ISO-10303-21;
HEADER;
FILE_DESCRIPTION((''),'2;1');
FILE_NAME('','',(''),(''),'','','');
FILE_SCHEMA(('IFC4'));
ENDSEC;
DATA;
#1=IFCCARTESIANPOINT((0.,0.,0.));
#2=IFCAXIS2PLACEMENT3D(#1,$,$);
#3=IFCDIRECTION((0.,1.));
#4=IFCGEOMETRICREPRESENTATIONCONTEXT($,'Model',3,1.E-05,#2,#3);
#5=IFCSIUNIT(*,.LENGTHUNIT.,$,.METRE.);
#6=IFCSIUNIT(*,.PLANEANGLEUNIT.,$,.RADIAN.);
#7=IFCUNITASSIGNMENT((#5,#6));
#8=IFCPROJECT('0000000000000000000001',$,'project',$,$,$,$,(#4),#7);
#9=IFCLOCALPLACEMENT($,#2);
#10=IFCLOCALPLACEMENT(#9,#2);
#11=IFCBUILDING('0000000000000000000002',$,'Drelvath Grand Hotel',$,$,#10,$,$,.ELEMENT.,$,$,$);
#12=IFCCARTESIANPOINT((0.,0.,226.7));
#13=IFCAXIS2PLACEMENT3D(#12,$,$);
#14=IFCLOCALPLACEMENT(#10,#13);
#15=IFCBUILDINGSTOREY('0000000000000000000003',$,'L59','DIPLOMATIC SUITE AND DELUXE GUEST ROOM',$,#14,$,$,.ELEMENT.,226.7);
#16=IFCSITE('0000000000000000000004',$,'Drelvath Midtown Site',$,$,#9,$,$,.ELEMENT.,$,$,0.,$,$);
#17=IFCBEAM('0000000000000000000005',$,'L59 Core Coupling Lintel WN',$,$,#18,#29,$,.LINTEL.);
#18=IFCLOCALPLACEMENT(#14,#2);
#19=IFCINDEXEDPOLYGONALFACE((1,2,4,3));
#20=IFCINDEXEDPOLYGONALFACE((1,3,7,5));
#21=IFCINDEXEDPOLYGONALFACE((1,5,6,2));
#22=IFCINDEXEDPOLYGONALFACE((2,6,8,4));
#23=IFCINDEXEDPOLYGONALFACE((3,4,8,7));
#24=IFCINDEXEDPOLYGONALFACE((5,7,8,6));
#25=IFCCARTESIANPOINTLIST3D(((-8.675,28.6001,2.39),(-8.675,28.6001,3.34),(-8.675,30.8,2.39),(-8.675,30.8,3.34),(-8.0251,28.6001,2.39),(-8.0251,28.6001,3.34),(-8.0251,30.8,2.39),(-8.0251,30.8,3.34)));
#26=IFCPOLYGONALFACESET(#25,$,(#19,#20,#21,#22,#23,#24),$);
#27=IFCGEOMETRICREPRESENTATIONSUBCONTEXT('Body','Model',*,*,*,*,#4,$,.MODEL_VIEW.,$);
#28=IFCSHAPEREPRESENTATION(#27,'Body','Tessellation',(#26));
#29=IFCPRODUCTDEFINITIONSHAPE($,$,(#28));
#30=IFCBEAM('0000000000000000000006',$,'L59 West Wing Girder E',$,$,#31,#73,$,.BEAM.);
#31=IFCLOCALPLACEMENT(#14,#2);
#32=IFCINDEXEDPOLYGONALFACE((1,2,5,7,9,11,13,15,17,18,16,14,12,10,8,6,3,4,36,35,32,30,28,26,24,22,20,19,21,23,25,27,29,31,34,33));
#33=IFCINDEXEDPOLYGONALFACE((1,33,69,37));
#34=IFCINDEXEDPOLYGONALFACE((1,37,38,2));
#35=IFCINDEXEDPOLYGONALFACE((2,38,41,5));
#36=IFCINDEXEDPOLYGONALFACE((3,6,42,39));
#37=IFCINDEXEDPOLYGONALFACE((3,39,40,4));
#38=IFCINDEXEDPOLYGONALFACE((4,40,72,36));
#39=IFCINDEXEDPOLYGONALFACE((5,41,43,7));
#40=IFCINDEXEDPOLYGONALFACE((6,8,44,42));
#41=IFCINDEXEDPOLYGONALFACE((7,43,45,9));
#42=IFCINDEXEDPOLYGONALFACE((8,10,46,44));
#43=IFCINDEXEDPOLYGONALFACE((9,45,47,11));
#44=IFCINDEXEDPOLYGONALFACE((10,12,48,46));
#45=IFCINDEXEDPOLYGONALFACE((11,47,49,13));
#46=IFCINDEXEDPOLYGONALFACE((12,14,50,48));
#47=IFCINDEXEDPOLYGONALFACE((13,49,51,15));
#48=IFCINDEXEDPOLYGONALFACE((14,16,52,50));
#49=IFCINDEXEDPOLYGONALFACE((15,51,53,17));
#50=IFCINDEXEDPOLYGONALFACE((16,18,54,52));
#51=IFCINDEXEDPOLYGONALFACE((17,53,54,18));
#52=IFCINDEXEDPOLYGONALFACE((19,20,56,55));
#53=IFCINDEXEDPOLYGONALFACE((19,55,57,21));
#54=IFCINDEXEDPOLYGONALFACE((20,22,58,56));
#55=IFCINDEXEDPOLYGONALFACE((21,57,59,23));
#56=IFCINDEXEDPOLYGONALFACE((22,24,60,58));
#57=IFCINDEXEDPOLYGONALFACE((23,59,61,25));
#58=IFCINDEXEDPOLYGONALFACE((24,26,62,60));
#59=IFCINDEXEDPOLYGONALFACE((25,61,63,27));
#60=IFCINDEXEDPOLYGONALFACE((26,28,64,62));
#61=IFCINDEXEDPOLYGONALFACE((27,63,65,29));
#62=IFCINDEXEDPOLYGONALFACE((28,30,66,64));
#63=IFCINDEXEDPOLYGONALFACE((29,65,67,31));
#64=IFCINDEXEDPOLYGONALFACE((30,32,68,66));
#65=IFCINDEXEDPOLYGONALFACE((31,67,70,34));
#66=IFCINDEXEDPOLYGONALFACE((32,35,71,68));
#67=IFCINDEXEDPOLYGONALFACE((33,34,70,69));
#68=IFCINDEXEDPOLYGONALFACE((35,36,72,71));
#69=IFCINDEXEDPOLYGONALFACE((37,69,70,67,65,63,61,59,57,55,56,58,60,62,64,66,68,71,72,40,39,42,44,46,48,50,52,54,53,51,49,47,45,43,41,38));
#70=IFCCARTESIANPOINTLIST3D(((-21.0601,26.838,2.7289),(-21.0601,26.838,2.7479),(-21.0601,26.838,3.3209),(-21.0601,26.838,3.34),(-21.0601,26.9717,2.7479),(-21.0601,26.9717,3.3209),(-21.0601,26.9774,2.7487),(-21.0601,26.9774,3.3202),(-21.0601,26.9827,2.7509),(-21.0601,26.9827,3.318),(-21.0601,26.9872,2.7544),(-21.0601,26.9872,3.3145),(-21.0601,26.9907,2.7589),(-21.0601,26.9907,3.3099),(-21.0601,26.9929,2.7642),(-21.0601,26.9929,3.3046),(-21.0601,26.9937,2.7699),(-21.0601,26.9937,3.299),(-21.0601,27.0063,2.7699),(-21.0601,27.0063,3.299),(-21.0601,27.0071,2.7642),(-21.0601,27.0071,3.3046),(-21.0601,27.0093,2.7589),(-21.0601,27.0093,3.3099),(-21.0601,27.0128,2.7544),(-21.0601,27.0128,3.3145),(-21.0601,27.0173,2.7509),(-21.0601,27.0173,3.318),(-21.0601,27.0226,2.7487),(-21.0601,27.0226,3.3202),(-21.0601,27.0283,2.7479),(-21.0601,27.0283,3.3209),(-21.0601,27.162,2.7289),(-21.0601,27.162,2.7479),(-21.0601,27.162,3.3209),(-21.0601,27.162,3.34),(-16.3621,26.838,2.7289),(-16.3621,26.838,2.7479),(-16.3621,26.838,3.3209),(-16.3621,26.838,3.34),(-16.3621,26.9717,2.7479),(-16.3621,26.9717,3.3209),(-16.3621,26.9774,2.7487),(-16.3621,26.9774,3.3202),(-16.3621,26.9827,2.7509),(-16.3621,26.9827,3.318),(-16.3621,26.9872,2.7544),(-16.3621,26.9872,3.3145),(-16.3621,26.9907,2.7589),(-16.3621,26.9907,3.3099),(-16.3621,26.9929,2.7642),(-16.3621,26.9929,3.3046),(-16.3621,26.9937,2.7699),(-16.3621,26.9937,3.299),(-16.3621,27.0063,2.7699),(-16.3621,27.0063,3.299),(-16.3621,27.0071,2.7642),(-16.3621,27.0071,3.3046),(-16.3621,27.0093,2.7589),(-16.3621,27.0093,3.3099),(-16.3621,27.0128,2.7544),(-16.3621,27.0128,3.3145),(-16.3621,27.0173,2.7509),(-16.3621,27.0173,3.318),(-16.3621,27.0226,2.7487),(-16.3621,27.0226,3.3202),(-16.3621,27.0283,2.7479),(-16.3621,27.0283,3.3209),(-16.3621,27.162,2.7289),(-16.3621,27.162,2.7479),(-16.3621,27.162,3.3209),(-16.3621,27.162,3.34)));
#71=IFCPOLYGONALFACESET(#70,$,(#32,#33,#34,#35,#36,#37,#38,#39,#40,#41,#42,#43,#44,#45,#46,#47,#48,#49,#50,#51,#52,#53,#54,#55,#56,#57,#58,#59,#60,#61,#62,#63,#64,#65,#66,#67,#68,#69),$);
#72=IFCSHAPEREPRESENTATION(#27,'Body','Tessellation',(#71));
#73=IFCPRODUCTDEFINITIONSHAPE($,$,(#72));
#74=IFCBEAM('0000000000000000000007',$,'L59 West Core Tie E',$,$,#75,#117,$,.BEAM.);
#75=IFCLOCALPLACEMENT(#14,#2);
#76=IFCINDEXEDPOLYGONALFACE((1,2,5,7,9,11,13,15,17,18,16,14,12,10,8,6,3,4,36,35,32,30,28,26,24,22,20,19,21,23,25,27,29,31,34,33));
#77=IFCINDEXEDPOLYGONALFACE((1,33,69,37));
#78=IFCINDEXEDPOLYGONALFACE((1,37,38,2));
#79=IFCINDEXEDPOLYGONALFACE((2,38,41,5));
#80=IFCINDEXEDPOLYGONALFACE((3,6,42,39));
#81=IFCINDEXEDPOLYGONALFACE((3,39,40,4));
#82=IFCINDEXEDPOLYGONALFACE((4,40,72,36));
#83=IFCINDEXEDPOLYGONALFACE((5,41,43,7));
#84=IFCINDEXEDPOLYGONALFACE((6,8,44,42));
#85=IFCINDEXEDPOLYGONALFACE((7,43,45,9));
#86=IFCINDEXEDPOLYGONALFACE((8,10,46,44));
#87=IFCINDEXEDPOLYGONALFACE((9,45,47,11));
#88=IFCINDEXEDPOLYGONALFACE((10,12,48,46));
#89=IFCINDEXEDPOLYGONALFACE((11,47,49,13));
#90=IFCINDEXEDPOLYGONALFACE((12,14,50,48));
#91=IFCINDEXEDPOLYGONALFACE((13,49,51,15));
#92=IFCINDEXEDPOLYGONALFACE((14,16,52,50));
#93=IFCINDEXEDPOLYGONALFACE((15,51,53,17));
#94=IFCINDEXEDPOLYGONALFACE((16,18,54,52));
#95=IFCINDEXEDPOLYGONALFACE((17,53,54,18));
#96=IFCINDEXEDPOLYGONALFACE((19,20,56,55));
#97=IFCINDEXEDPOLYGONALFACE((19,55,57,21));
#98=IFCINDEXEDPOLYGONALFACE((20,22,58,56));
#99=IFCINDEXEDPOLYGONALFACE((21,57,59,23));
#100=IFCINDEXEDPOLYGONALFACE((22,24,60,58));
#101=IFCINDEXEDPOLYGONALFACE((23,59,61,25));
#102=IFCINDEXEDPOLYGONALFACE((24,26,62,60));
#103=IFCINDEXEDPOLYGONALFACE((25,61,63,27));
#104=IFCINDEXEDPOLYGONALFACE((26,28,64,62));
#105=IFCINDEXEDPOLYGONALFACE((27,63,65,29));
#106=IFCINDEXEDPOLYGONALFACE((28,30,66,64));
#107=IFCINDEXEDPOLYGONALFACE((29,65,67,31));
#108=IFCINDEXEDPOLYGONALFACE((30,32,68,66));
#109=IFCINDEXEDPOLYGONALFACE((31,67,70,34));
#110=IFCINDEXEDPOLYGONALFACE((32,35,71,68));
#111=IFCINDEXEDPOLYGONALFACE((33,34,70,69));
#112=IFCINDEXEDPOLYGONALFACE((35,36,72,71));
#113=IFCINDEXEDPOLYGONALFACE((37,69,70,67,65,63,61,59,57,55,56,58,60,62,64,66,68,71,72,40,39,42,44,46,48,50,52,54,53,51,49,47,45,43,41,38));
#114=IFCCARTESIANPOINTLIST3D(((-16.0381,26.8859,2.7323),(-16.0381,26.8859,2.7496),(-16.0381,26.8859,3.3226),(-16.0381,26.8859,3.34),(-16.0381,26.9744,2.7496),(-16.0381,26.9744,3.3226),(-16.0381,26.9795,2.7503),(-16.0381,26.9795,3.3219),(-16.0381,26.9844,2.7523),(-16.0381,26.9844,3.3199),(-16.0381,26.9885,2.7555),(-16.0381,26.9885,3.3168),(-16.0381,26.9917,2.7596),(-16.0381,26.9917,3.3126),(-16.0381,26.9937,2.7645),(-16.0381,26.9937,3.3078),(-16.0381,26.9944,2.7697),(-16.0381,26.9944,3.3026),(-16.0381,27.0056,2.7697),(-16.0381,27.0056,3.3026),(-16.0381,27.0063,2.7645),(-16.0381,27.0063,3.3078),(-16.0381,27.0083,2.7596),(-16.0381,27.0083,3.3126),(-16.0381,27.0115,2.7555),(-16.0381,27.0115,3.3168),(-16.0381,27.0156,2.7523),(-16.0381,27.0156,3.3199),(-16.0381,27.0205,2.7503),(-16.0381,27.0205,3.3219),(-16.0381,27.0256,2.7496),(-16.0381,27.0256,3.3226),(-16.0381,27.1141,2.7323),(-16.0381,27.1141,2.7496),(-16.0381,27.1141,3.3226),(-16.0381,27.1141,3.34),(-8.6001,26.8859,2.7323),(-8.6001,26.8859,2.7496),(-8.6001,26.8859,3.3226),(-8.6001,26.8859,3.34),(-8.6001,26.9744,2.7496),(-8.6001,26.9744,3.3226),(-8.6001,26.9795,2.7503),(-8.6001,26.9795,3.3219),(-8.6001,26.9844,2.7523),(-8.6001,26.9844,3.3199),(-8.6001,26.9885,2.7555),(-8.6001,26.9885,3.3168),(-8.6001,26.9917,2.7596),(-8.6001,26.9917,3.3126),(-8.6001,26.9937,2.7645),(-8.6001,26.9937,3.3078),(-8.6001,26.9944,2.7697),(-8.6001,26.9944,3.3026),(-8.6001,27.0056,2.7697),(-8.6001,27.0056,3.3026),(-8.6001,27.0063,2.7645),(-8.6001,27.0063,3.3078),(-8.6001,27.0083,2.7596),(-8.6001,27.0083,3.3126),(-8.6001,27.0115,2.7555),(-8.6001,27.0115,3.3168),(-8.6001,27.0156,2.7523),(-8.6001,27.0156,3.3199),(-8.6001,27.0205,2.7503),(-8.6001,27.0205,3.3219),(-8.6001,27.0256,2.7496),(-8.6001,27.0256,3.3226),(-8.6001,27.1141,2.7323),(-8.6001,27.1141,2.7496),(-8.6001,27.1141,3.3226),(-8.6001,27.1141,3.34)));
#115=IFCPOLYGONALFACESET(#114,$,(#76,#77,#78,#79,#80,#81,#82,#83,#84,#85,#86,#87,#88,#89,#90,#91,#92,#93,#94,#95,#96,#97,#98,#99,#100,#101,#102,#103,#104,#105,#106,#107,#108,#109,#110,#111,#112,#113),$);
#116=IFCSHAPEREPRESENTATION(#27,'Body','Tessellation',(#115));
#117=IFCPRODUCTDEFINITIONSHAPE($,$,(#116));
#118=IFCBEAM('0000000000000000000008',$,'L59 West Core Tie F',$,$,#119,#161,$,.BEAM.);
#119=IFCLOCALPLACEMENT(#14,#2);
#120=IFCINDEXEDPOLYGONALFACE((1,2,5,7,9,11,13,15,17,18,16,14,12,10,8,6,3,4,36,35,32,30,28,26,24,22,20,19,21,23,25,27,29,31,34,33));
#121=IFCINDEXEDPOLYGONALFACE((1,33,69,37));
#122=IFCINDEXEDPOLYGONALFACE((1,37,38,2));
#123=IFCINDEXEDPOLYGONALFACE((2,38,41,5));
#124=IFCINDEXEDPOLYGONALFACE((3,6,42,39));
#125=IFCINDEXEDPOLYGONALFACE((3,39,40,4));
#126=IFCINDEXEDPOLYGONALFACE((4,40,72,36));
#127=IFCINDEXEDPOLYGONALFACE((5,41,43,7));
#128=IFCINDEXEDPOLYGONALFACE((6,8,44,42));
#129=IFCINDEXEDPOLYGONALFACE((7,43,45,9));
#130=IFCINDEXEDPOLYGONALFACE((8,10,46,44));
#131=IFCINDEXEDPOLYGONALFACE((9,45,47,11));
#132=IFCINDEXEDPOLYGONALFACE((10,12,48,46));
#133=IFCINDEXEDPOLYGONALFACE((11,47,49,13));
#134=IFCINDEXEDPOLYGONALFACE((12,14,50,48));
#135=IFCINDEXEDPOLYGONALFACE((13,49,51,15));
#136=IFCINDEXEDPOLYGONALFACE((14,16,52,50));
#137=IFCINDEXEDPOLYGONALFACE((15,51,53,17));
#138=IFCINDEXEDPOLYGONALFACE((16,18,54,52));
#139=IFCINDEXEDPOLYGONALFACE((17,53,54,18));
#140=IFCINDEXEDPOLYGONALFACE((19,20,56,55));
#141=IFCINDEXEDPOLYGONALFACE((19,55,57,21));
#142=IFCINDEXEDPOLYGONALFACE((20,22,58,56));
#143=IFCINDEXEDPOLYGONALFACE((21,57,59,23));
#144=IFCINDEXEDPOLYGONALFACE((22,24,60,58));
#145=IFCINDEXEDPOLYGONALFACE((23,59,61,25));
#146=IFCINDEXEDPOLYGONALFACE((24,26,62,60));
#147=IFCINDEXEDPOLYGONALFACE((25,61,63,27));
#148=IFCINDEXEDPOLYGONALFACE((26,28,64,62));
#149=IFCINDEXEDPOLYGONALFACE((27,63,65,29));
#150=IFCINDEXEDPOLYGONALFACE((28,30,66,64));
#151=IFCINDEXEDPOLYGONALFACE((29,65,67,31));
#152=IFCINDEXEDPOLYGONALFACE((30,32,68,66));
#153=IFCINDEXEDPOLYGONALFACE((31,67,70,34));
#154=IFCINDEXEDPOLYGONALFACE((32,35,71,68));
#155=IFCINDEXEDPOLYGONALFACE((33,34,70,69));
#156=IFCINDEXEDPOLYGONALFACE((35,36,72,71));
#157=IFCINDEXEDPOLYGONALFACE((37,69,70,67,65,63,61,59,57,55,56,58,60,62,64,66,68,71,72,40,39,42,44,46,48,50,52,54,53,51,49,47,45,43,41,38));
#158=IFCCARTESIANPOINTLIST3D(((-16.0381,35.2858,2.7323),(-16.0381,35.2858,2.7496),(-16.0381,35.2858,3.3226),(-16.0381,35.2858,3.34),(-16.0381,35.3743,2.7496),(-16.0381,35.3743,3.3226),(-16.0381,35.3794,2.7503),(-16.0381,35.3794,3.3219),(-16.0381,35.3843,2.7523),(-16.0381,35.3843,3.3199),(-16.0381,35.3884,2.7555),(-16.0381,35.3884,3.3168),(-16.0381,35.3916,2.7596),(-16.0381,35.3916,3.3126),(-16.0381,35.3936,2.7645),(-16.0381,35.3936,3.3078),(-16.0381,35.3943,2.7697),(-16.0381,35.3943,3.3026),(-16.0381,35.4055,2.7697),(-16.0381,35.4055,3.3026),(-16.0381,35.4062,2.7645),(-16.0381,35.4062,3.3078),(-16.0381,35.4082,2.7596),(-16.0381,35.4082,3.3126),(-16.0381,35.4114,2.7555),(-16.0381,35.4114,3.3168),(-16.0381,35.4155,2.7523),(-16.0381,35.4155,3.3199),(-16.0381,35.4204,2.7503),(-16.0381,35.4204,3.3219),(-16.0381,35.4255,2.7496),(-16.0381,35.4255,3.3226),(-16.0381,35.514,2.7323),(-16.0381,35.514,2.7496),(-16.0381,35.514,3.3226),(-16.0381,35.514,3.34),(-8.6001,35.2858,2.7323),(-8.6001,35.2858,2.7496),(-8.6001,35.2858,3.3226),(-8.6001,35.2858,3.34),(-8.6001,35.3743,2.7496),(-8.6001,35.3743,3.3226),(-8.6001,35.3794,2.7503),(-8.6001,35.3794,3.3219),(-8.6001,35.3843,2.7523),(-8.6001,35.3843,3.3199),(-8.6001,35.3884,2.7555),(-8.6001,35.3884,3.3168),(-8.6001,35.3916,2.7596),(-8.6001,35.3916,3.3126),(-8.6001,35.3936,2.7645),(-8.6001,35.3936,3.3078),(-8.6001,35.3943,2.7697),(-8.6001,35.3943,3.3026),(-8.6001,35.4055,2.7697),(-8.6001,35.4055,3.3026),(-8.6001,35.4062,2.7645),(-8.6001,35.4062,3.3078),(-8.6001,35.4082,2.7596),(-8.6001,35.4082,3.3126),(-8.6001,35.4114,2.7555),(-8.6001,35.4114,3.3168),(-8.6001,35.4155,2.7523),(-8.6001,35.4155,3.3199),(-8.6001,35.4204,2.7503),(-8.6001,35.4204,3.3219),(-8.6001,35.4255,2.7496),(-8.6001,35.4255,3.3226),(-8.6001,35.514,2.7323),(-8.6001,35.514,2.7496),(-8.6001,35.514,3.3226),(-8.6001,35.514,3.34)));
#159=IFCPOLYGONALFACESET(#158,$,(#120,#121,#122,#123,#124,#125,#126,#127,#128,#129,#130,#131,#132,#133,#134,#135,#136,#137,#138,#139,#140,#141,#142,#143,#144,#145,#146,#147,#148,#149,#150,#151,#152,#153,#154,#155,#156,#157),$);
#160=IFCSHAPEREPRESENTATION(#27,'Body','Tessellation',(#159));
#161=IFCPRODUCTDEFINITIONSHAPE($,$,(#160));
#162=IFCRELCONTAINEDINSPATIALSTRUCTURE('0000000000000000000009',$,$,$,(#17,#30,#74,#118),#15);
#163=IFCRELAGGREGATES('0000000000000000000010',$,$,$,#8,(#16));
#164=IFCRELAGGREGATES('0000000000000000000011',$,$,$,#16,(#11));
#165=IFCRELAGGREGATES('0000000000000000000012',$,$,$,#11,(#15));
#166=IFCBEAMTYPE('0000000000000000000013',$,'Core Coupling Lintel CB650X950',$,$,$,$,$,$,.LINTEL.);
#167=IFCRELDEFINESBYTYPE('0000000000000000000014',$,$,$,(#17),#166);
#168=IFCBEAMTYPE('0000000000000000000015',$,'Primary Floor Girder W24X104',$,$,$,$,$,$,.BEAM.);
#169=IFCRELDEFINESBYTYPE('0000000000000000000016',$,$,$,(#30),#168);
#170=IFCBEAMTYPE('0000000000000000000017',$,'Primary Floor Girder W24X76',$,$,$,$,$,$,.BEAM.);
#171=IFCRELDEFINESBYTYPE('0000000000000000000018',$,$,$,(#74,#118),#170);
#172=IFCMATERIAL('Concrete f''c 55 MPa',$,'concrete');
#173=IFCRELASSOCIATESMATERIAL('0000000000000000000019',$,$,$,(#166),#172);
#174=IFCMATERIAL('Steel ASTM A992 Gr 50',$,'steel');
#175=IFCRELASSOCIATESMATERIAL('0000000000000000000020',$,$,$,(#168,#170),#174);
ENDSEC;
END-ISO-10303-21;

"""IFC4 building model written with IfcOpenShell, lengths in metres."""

from ifc_helpers import new_model, si_unit, direction, frame, origin, origin_2d, place, context, subcontext, project, spatial, rectangle, i_section, extrude, material, material_profile, profile_set, type_object, element, save


model = new_model("IFC4")

# Units and contexts
model_context = context("Model", 3, precision=1e-05, world=origin(), true_north=direction((0.0, 1.0)))
body_context = subcontext(model_context, "Body", "Model", "MODEL_VIEW")
ifc_project = project(units=[si_unit("LENGTHUNIT", "METRE"), si_unit("PLANEANGLEUNIT", "RADIAN")], contexts=[model_context])

# Site, building, storey
site_placement = place(None, origin())
site = spatial("IfcSite", under=ifc_project, at=site_placement, Name="Drelvath Midtown Site", CompositionType="ELEMENT", RefElevation=0.0)
building_placement = place(site_placement, origin())
building = spatial("IfcBuilding", under=site, at=building_placement, Name="Drelvath Grand Hotel", CompositionType="ELEMENT")
storey_placement = place(building_placement, frame((0.0, 0.0, 226.7)))
storey = spatial("IfcBuildingStorey", under=building, at=storey_placement, Name="L59", Description="DIPLOMATIC SUITE AND DELUXE GUEST ROOM", CompositionType="ELEMENT", Elevation=226.7)

# Beams
ifc_material_1 = material(Name="Concrete f'c 55 MPa", Category="concrete")
ifc_material_profile_1 = material_profile(ifc_material_1, rectangle(XDim=0.6499, YDim=0.95, at=origin_2d()), Name="CB650X950")
ifc_profile_set_1 = profile_set([ifc_material_profile_1], Name="Concrete f'c 55 MPa")
beam_type_1 = type_object("IfcBeamType", Name="Core Coupling Lintel CB650X950", PredefinedType="LINTEL", material=ifc_profile_set_1)
beam_1_placement = place(storey_placement, frame((-8.3501, 28.6001, 2.865), z_axis=(0.0, 1.0, 0.0), x_axis=(-1.0, 0.0, 0.0)))
element("IfcBeam", 1, at=beam_1_placement, inside=storey, type_object=beam_type_1, Name="L59 Core Coupling Lintel WN", PredefinedType="LINTEL", context=body_context, shape_type="SweptSolid", body=[
    extrude(rectangle(XDim=0.6499, YDim=0.95, at=origin_2d()), origin(), (0.0, 0.0, 1.0), 2.2),
])
ifc_material_2 = material(Name="Steel ASTM A992 Gr 50", Category="steel")
ifc_material_profile_2 = material_profile(ifc_material_2, i_section(OverallWidth=0.324, OverallDepth=0.6111, WebThickness=0.0127, FlangeThickness=0.019, FilletRadius=0.022, at=origin_2d()), Name="W24X104")
ifc_profile_set_2 = profile_set([ifc_material_profile_2], Name="Steel ASTM A992 Gr 50")
beam_type_2 = type_object("IfcBeamType", Name="Primary Floor Girder W24X104", PredefinedType="BEAM", material=ifc_profile_set_2)
beam_2_placement = place(storey_placement, frame((-21.0601, 27.0, 3.0344), z_axis=(1.0, 0.0, 0.0), x_axis=(0.0, 1.0, 0.0)))
element("IfcBeam", 2, at=beam_2_placement, inside=storey, type_object=beam_type_2, Name="L59 West Wing Girder E", PredefinedType="BEAM", context=body_context, shape_type="SweptSolid", body=[
    extrude(i_section(OverallWidth=0.324, OverallDepth=0.6111, WebThickness=0.0127, FlangeThickness=0.019, FilletRadius=0.022, at=origin_2d()), origin(), (0.0, 0.0, 1.0), 4.698),
])
ifc_material_profile_3 = material_profile(ifc_material_2, i_section(OverallWidth=0.2283, OverallDepth=0.6077, WebThickness=0.0112, FlangeThickness=0.0173, FilletRadius=0.02, at=origin_2d()), Name="W24X76")
ifc_profile_set_3 = profile_set([ifc_material_profile_3], Name="Steel ASTM A992 Gr 50")
beam_type_3 = type_object("IfcBeamType", Name="Primary Floor Girder W24X76", PredefinedType="BEAM", material=ifc_profile_set_3)
for number, where, z_axis, x_axis, name in (
    (3, (-16.0381, 27.0, 3.0361), (1.0, 0.0, 0.0), (0.0, 1.0, 0.0), "L59 West Core Tie E"),
    (4, (-16.0381, 35.3999, 3.0361), (1.0, 0.0, 0.0), (0.0, 1.0, 0.0), "L59 West Core Tie F"),
):
    element("IfcBeam", number, at=place(storey_placement, frame(where, z_axis=z_axis, x_axis=x_axis)), inside=storey, type_object=beam_type_3, Name=name, PredefinedType="BEAM", context=body_context, shape_type="SweptSolid", body=[
        extrude(i_section(OverallWidth=0.2283, OverallDepth=0.6077, WebThickness=0.0112, FlangeThickness=0.0173, FilletRadius=0.02, at=origin_2d()), origin(), (0.0, 0.0, 1.0), 7.438),
    ])

save(model, "model.ifc")
